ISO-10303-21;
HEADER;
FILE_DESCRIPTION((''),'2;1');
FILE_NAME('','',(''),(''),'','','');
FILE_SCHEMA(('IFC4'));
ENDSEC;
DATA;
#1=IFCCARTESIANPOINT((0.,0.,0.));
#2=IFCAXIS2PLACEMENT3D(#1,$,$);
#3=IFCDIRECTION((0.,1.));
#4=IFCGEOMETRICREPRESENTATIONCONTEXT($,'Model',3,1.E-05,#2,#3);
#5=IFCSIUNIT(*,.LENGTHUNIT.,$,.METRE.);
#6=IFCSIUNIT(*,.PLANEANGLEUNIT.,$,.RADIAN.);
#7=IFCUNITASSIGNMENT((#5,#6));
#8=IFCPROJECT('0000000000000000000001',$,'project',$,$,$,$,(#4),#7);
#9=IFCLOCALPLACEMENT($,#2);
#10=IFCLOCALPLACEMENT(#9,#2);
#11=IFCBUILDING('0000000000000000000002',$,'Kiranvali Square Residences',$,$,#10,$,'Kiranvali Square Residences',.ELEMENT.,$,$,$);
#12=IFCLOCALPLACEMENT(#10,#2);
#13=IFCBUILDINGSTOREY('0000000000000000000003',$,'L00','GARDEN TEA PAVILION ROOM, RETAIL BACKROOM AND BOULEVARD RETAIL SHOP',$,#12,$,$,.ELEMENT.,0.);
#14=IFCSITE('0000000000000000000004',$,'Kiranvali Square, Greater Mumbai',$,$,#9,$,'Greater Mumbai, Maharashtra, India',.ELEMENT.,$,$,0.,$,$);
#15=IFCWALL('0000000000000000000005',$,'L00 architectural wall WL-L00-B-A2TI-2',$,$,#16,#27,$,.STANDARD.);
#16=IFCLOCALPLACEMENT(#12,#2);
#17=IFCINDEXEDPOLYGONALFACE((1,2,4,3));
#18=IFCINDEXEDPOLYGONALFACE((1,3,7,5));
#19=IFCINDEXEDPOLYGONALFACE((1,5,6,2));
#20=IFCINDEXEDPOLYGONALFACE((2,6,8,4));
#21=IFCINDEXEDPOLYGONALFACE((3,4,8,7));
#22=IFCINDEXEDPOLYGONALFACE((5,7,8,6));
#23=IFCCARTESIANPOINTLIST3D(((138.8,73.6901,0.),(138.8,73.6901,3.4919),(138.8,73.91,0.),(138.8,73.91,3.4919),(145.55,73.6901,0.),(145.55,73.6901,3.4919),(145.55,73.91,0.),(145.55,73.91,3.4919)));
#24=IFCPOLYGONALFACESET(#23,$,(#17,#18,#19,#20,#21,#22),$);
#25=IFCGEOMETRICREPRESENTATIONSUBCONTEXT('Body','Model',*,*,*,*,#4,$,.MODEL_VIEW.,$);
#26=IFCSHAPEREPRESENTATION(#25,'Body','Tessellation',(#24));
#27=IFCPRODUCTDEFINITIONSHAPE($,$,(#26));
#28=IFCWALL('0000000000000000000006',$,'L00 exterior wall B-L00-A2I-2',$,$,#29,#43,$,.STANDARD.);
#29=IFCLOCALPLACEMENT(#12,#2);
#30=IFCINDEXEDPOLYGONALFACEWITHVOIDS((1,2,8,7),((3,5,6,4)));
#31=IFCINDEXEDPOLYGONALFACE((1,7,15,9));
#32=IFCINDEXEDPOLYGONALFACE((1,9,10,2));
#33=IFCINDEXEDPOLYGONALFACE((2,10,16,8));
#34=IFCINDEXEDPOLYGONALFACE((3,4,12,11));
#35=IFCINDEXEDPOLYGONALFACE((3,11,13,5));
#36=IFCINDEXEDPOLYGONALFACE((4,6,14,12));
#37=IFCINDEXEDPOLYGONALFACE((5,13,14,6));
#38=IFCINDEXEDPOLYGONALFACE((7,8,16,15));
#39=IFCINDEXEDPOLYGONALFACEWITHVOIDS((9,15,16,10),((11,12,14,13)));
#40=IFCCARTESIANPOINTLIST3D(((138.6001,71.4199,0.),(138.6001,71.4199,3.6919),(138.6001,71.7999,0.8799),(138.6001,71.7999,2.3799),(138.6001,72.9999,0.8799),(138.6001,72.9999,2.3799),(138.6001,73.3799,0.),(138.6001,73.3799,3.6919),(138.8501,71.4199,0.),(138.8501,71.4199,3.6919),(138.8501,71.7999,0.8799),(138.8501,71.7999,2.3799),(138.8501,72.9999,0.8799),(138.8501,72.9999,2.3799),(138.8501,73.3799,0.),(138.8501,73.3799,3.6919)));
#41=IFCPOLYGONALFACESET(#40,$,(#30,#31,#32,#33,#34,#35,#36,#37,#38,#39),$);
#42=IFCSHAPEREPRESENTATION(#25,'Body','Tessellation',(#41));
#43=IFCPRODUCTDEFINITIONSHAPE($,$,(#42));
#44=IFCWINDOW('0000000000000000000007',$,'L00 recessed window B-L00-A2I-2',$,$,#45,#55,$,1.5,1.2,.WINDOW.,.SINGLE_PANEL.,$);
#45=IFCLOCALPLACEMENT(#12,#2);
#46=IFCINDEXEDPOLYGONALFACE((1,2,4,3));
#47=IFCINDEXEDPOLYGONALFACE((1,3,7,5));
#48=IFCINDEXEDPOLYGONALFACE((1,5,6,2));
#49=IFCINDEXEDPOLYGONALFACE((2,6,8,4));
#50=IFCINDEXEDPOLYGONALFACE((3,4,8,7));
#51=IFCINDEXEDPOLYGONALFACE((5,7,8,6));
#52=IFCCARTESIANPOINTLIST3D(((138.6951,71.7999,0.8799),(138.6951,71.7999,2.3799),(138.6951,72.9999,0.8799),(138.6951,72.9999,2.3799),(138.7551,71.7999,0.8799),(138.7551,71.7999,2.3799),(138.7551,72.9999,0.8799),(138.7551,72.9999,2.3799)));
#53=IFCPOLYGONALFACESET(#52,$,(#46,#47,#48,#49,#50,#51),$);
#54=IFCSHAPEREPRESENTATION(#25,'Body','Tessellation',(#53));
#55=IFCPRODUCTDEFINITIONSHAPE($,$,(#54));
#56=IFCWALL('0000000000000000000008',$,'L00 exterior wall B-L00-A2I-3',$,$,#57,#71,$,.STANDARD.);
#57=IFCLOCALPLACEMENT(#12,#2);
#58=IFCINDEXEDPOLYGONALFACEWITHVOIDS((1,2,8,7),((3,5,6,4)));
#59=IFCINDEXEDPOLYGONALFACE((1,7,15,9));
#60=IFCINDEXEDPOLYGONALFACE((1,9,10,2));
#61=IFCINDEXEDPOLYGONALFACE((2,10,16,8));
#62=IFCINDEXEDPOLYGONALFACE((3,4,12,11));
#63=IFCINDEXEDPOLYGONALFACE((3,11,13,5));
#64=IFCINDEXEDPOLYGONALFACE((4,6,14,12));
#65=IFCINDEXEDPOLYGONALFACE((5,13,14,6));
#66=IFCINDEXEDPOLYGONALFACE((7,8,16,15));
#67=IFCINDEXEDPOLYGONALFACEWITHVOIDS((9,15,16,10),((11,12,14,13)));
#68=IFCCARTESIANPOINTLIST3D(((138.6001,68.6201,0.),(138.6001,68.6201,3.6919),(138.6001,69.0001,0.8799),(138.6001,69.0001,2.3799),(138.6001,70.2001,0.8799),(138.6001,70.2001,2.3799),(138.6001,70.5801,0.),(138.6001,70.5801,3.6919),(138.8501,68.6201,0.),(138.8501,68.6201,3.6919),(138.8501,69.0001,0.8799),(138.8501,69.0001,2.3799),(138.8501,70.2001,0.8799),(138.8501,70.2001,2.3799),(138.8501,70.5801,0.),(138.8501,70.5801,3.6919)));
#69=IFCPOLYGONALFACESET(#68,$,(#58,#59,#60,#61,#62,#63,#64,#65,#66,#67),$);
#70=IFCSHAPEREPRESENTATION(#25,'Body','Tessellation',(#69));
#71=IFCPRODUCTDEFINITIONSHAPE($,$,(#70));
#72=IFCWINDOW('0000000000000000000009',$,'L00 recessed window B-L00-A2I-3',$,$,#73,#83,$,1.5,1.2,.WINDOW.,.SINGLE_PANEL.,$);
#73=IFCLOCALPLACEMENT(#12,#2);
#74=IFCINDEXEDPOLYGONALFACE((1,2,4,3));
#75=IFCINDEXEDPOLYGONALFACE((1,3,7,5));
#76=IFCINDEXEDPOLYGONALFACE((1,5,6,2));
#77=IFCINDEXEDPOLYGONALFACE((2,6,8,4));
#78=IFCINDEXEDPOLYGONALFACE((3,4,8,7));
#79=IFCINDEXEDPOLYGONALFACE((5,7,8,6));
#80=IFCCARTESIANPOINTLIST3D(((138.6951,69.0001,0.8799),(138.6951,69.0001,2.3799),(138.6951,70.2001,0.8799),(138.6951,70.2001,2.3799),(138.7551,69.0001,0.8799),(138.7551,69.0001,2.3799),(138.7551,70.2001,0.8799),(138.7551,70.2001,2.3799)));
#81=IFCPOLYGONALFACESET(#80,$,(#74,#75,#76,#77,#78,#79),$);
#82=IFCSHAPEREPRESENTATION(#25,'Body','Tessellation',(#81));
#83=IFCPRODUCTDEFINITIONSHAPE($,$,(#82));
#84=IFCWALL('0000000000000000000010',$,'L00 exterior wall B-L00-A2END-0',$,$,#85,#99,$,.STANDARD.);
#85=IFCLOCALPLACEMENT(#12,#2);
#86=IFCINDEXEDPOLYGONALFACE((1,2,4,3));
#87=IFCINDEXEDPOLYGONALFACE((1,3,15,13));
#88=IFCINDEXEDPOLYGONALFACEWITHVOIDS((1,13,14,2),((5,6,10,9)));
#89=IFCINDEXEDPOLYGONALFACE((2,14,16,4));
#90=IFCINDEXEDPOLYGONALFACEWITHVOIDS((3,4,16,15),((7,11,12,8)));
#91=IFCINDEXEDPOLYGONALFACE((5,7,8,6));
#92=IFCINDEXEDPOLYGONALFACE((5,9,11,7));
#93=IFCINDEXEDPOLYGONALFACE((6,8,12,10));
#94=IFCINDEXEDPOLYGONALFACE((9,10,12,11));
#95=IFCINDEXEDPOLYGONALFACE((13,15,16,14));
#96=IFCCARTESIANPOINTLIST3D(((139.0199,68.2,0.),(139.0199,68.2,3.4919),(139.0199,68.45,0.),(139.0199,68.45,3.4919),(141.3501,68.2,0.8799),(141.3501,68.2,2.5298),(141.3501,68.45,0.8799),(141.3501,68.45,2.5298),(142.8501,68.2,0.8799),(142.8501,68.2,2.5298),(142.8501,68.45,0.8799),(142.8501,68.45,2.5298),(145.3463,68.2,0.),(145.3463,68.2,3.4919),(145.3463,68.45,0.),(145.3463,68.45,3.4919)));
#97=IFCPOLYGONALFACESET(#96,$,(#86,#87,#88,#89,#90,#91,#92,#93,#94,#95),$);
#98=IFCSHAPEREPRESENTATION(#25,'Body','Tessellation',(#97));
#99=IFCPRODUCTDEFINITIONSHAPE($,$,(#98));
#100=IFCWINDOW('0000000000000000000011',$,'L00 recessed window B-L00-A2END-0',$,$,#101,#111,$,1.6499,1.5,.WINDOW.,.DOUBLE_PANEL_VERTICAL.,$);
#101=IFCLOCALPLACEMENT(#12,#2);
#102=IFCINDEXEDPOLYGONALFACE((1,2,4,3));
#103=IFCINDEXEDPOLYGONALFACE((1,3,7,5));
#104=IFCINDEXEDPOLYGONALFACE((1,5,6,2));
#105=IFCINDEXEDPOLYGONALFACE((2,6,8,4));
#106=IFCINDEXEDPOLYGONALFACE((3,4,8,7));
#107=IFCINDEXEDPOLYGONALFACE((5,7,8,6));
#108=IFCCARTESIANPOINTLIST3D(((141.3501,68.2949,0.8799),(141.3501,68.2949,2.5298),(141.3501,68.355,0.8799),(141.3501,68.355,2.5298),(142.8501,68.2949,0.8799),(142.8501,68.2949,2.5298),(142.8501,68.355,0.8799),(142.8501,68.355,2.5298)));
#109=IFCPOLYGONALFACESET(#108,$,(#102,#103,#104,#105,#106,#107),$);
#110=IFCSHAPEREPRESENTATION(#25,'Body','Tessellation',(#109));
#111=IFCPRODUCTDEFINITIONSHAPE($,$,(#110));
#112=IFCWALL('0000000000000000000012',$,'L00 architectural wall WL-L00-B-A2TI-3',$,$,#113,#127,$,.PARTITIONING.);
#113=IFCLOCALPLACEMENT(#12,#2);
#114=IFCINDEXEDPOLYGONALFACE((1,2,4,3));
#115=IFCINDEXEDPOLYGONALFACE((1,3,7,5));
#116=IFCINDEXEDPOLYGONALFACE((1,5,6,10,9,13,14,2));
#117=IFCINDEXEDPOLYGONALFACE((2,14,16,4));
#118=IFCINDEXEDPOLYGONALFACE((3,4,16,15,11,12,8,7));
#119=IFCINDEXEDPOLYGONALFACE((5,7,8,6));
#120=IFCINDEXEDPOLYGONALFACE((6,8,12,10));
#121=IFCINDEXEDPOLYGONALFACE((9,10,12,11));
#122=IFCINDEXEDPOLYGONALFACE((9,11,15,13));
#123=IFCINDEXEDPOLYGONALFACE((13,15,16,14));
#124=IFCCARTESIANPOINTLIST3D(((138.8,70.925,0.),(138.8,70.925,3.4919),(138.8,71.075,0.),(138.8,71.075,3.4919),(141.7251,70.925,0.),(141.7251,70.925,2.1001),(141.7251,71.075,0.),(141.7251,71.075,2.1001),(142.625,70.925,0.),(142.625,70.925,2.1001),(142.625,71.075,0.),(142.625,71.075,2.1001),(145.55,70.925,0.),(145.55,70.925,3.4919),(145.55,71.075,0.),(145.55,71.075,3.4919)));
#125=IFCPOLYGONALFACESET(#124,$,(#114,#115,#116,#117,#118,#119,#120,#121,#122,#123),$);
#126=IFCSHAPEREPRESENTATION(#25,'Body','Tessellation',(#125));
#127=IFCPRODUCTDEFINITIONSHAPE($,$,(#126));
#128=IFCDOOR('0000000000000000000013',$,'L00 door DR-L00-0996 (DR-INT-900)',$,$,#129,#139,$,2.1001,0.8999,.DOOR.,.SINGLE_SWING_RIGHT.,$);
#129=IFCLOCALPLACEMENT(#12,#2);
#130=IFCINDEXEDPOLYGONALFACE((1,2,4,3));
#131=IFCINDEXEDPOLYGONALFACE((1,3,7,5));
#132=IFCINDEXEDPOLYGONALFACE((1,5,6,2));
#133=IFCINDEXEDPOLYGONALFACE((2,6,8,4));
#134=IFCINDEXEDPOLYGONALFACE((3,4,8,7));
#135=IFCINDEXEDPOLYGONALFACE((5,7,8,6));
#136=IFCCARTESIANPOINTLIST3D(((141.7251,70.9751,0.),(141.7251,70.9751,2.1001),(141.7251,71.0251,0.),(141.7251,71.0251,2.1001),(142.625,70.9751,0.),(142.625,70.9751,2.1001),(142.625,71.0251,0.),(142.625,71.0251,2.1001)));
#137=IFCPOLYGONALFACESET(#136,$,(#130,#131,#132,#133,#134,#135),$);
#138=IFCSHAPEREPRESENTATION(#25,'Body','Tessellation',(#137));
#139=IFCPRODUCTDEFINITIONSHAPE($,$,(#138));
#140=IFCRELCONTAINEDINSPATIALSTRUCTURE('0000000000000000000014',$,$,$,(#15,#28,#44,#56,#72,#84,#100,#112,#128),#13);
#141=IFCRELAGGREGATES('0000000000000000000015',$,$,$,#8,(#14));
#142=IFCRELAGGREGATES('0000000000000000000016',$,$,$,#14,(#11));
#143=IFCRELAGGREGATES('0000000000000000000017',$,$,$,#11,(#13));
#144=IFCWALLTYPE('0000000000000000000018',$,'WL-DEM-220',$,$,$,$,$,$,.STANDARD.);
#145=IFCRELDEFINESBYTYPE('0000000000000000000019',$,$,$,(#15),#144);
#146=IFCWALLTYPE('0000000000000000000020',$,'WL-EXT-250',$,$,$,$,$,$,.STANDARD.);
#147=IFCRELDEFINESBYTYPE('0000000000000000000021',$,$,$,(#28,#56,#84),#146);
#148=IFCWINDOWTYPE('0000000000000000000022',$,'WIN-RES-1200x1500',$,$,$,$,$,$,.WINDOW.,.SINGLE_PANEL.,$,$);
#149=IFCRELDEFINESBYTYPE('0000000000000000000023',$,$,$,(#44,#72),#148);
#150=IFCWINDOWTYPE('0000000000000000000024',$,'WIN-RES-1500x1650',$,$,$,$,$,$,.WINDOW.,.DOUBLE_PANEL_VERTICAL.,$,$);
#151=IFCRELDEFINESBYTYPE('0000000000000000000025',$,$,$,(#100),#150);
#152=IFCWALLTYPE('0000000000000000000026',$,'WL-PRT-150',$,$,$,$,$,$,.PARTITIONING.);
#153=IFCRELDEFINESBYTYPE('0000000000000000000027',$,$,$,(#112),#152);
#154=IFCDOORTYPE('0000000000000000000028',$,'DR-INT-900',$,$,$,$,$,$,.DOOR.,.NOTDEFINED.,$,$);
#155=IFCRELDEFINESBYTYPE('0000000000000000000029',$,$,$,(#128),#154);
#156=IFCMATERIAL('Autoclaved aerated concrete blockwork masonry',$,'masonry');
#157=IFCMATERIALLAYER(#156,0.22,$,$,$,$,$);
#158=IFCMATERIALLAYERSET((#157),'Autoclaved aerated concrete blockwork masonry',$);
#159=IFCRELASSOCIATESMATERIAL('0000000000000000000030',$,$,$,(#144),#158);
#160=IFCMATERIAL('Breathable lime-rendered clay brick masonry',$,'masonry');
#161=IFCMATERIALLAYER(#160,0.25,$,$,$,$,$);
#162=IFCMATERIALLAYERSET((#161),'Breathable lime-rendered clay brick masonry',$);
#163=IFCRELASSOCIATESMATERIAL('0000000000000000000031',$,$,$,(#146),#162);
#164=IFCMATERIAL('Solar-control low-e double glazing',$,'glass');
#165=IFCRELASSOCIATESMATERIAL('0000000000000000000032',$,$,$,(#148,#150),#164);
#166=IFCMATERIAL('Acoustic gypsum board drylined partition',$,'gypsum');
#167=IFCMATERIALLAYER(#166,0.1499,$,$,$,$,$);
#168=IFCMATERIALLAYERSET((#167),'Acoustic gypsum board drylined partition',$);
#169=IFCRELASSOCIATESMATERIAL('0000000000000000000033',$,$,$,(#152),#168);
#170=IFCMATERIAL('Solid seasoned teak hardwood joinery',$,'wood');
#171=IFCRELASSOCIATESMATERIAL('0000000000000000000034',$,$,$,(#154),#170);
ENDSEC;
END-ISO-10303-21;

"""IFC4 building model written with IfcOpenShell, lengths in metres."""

from ifc_helpers import new_model, si_unit, direction, frame, frame_2d, origin, place, context, subcontext, project, spatial, rectangle, extrude, material, layer, layer_set, type_object, element, fill, save


model = new_model("IFC4")

# Units and contexts
model_context = context("Model", 3, precision=1e-05, world=origin(), true_north=direction((0.0, 1.0)))
body_context = subcontext(model_context, "Body", "Model", "MODEL_VIEW")
ifc_project = project(units=[si_unit("LENGTHUNIT", "METRE"), si_unit("PLANEANGLEUNIT", "RADIAN")], contexts=[model_context])

# Site, building, storey
site_placement = place(None, origin())
site = spatial("IfcSite", under=ifc_project, at=site_placement, Name="Kiranvali Square, Greater Mumbai", LongName="Greater Mumbai, Maharashtra, India", CompositionType="ELEMENT", RefElevation=0.0)
building_placement = place(site_placement, origin())
building = spatial("IfcBuilding", under=site, at=building_placement, Name="Kiranvali Square Residences", LongName="Kiranvali Square Residences", CompositionType="ELEMENT")
storey_placement = place(building_placement, origin())
storey = spatial("IfcBuildingStorey", under=building, at=storey_placement, Name="L00", Description="GARDEN TEA PAVILION ROOM, RETAIL BACKROOM AND BOULEVARD RETAIL SHOP", CompositionType="ELEMENT", Elevation=0.0)

# Wall
ifc_material_1 = material(Name="Autoclaved aerated concrete blockwork masonry", Category="masonry")
ifc_layer_1 = layer(ifc_material_1, 0.22)
ifc_layer_set_1 = layer_set([ifc_layer_1], Name="Autoclaved aerated concrete blockwork masonry")
wall_type_1 = type_object("IfcWallType", Name="WL-DEM-220", PredefinedType="STANDARD", material=ifc_layer_set_1)
wall_1_placement = place(storey_placement, frame((138.8, 73.8, 0.0), z_axis=(0.0, 0.0, 1.0), x_axis=(1.0, 0.0, 0.0)))
element("IfcWall", 1, at=wall_1_placement, inside=storey, type_object=wall_type_1, Name="L00 architectural wall WL-L00-B-A2TI-2", PredefinedType="STANDARD", context=body_context, shape_type="SweptSolid", body=[
    extrude(rectangle(XDim=6.75, YDim=0.22, at=frame_2d((3.375, 0.0))), origin(), (0.0, 0.0, 1.0), 3.4919),
])

# Walls, openings, windows
ifc_material_2 = material(Name="Breathable lime-rendered clay brick masonry", Category="masonry")
ifc_layer_2 = layer(ifc_material_2, 0.25)
ifc_layer_set_2 = layer_set([ifc_layer_2], Name="Breathable lime-rendered clay brick masonry")
wall_type_2 = type_object("IfcWallType", Name="WL-EXT-250", PredefinedType="STANDARD", material=ifc_layer_set_2)
wall_2_placement = place(storey_placement, frame((138.7251, 73.3799, 0.0), z_axis=(0.0, 0.0, 1.0), x_axis=(0.0, -1.0, 0.0)))
wall_2 = element("IfcWall", 2, at=wall_2_placement, inside=storey, type_object=wall_type_2, Name="L00 exterior wall B-L00-A2I-2", PredefinedType="STANDARD", context=body_context, shape_type="SweptSolid", body=[
    extrude(rectangle(XDim=1.96, YDim=0.25, at=frame_2d((0.98, 0.0))), origin(), (0.0, 0.0, 1.0), 3.6919),
])
opening_1_placement = place(wall_2_placement, frame((0.3799, 0.0, 0.8799)))
opening_1 = element("IfcOpeningElement", 3, at=opening_1_placement, cuts=wall_2, PredefinedType="OPENING", context=body_context, shape_type="SweptSolid", body=[
    extrude(rectangle(XDim=1.2, YDim=1.5, at=frame_2d((0.6001, 0.75))), frame((0.0, 0.135, 0.0), z_axis=(0.0, -1.0, 0.0), x_axis=(1.0, 0.0, 0.0)), (0.0, 0.0, 1.0), 0.27),
])
ifc_material_3 = material(Name="Solar-control low-e double glazing", Category="glass")
window_type_1 = type_object("IfcWindowType", Name="WIN-RES-1200x1500", PartitioningType="SINGLE_PANEL", PredefinedType="WINDOW", material=ifc_material_3)
window_1_placement = place(opening_1_placement, origin())
window_1 = element("IfcWindow", 4, at=window_1_placement, inside=storey, type_object=window_type_1, Name="L00 recessed window B-L00-A2I-2", OverallHeight=1.5, OverallWidth=1.2, PartitioningType="SINGLE_PANEL", PredefinedType="WINDOW", context=body_context, shape_type="SweptSolid", body=[
    extrude(rectangle(XDim=1.2, YDim=1.5, at=frame_2d((0.6001, 0.75))), frame((0.0, 0.03, 0.0), z_axis=(0.0, -1.0, 0.0), x_axis=(1.0, 0.0, 0.0)), (0.0, 0.0, 1.0), 0.0601),
])
fill(opening_1, window_1)
wall_3_placement = place(storey_placement, frame((138.7251, 70.5801, 0.0), z_axis=(0.0, 0.0, 1.0), x_axis=(0.0, -1.0, 0.0)))
wall_3 = element("IfcWall", 5, at=wall_3_placement, inside=storey, type_object=wall_type_2, Name="L00 exterior wall B-L00-A2I-3", PredefinedType="STANDARD", context=body_context, shape_type="SweptSolid", body=[
    extrude(rectangle(XDim=1.96, YDim=0.25, at=frame_2d((0.98, 0.0))), origin(), (0.0, 0.0, 1.0), 3.6919),
])
opening_2_placement = place(wall_3_placement, frame((0.3799, 0.0, 0.8799)))
opening_2 = element("IfcOpeningElement", 6, at=opening_2_placement, cuts=wall_3, PredefinedType="OPENING", context=body_context, shape_type="SweptSolid", body=[
    extrude(rectangle(XDim=1.2, YDim=1.5, at=frame_2d((0.6001, 0.75))), frame((0.0, 0.135, 0.0), z_axis=(0.0, -1.0, 0.0), x_axis=(1.0, 0.0, 0.0)), (0.0, 0.0, 1.0), 0.27),
])
window_2_placement = place(opening_2_placement, origin())
window_2 = element("IfcWindow", 7, at=window_2_placement, inside=storey, type_object=window_type_1, Name="L00 recessed window B-L00-A2I-3", OverallHeight=1.5, OverallWidth=1.2, PartitioningType="SINGLE_PANEL", PredefinedType="WINDOW", context=body_context, shape_type="SweptSolid", body=[
    extrude(rectangle(XDim=1.2, YDim=1.5, at=frame_2d((0.6001, 0.75))), frame((0.0, 0.03, 0.0), z_axis=(0.0, -1.0, 0.0), x_axis=(1.0, 0.0, 0.0)), (0.0, 0.0, 1.0), 0.0601),
])
fill(opening_2, window_2)
wall_4_placement = place(storey_placement, frame((139.02, 68.325, 0.0), z_axis=(0.0, 0.0, 1.0), x_axis=(1.0, 0.0, 0.0)))
wall_4 = element("IfcWall", 8, at=wall_4_placement, inside=storey, type_object=wall_type_2, Name="L00 exterior wall B-L00-A2END-0", PredefinedType="STANDARD", context=body_context, shape_type="SweptSolid", body=[
    extrude(rectangle(XDim=6.3264, YDim=0.25, at=frame_2d((3.1631, 0.0))), origin(), (0.0, 0.0, 1.0), 3.4919),
])
opening_3_placement = place(wall_4_placement, frame((2.3301, 0.0, 0.8799)))
opening_3 = element("IfcOpeningElement", 9, at=opening_3_placement, cuts=wall_4, PredefinedType="OPENING", context=body_context, shape_type="SweptSolid", body=[
    extrude(rectangle(XDim=1.5, YDim=1.6499, at=frame_2d((0.75, 0.825))), frame((0.0, 0.135, 0.0), z_axis=(0.0, -1.0, 0.0), x_axis=(1.0, 0.0, 0.0)), (0.0, 0.0, 1.0), 0.27),
])
window_type_2 = type_object("IfcWindowType", Name="WIN-RES-1500x1650", PartitioningType="DOUBLE_PANEL_VERTICAL", PredefinedType="WINDOW", material=ifc_material_3)
window_3_placement = place(opening_3_placement, origin())
window_3 = element("IfcWindow", 10, at=window_3_placement, inside=storey, type_object=window_type_2, Name="L00 recessed window B-L00-A2END-0", OverallHeight=1.6499, OverallWidth=1.5, PartitioningType="DOUBLE_PANEL_VERTICAL", PredefinedType="WINDOW", context=body_context, shape_type="SweptSolid", body=[
    extrude(rectangle(XDim=1.5, YDim=1.6499, at=frame_2d((0.75, 0.825))), frame((0.0, 0.03, 0.0), z_axis=(0.0, -1.0, 0.0), x_axis=(1.0, 0.0, 0.0)), (0.0, 0.0, 1.0), 0.0601),
])
fill(opening_3, window_3)

# Wall, opening, door
ifc_material_4 = material(Name="Acoustic gypsum board drylined partition", Category="gypsum")
ifc_layer_3 = layer(ifc_material_4, 0.1499)
ifc_layer_set_3 = layer_set([ifc_layer_3], Name="Acoustic gypsum board drylined partition")
wall_type_3 = type_object("IfcWallType", Name="WL-PRT-150", PredefinedType="PARTITIONING", material=ifc_layer_set_3)
wall_5_placement = place(storey_placement, frame((138.8, 71.0, 0.0), z_axis=(0.0, 0.0, 1.0), x_axis=(1.0, 0.0, 0.0)))
wall_5 = element("IfcWall", 11, at=wall_5_placement, inside=storey, type_object=wall_type_3, Name="L00 architectural wall WL-L00-B-A2TI-3", PredefinedType="PARTITIONING", context=body_context, shape_type="SweptSolid", body=[
    extrude(rectangle(XDim=6.75, YDim=0.1499, at=frame_2d((3.375, 0.0))), origin(), (0.0, 0.0, 1.0), 3.4919),
])
opening_4_placement = place(wall_5_placement, frame((2.925, 0.0, 0.0)))
opening_4 = element("IfcOpeningElement", 12, at=opening_4_placement, cuts=wall_5, PredefinedType="OPENING", context=body_context, shape_type="SweptSolid", body=[
    extrude(rectangle(XDim=0.8999, YDim=2.1001, at=frame_2d((0.45, 1.05))), frame((0.0, 0.085, 0.0), z_axis=(0.0, -1.0, 0.0), x_axis=(1.0, 0.0, 0.0)), (0.0, 0.0, 1.0), 0.1699),
])
ifc_material_5 = material(Name="Solid seasoned teak hardwood joinery", Category="wood")
door_type = type_object("IfcDoorType", Name="DR-INT-900", OperationType="NOTDEFINED", PredefinedType="DOOR", material=ifc_material_5)
door_placement = place(opening_4_placement, frame((0.8999, 0.0, 0.0), z_axis=(0.0, 0.0, 1.0), x_axis=(-1.0, 0.0, 0.0)))
door = element("IfcDoor", 13, at=door_placement, inside=storey, type_object=door_type, Name="L00 door DR-L00-0996 (DR-INT-900)", OperationType="SINGLE_SWING_RIGHT", OverallHeight=2.1001, OverallWidth=0.8999, PredefinedType="DOOR", context=body_context, shape_type="SweptSolid", body=[
    extrude(rectangle(XDim=0.8999, YDim=2.1001, at=frame_2d((0.45, 1.05))), frame((0.0, 0.0249, 0.0), z_axis=(0.0, -1.0, 0.0), x_axis=(1.0, 0.0, 0.0)), (0.0, 0.0, 1.0), 0.05),
])
fill(opening_4, door)

save(model, "model.ifc")
